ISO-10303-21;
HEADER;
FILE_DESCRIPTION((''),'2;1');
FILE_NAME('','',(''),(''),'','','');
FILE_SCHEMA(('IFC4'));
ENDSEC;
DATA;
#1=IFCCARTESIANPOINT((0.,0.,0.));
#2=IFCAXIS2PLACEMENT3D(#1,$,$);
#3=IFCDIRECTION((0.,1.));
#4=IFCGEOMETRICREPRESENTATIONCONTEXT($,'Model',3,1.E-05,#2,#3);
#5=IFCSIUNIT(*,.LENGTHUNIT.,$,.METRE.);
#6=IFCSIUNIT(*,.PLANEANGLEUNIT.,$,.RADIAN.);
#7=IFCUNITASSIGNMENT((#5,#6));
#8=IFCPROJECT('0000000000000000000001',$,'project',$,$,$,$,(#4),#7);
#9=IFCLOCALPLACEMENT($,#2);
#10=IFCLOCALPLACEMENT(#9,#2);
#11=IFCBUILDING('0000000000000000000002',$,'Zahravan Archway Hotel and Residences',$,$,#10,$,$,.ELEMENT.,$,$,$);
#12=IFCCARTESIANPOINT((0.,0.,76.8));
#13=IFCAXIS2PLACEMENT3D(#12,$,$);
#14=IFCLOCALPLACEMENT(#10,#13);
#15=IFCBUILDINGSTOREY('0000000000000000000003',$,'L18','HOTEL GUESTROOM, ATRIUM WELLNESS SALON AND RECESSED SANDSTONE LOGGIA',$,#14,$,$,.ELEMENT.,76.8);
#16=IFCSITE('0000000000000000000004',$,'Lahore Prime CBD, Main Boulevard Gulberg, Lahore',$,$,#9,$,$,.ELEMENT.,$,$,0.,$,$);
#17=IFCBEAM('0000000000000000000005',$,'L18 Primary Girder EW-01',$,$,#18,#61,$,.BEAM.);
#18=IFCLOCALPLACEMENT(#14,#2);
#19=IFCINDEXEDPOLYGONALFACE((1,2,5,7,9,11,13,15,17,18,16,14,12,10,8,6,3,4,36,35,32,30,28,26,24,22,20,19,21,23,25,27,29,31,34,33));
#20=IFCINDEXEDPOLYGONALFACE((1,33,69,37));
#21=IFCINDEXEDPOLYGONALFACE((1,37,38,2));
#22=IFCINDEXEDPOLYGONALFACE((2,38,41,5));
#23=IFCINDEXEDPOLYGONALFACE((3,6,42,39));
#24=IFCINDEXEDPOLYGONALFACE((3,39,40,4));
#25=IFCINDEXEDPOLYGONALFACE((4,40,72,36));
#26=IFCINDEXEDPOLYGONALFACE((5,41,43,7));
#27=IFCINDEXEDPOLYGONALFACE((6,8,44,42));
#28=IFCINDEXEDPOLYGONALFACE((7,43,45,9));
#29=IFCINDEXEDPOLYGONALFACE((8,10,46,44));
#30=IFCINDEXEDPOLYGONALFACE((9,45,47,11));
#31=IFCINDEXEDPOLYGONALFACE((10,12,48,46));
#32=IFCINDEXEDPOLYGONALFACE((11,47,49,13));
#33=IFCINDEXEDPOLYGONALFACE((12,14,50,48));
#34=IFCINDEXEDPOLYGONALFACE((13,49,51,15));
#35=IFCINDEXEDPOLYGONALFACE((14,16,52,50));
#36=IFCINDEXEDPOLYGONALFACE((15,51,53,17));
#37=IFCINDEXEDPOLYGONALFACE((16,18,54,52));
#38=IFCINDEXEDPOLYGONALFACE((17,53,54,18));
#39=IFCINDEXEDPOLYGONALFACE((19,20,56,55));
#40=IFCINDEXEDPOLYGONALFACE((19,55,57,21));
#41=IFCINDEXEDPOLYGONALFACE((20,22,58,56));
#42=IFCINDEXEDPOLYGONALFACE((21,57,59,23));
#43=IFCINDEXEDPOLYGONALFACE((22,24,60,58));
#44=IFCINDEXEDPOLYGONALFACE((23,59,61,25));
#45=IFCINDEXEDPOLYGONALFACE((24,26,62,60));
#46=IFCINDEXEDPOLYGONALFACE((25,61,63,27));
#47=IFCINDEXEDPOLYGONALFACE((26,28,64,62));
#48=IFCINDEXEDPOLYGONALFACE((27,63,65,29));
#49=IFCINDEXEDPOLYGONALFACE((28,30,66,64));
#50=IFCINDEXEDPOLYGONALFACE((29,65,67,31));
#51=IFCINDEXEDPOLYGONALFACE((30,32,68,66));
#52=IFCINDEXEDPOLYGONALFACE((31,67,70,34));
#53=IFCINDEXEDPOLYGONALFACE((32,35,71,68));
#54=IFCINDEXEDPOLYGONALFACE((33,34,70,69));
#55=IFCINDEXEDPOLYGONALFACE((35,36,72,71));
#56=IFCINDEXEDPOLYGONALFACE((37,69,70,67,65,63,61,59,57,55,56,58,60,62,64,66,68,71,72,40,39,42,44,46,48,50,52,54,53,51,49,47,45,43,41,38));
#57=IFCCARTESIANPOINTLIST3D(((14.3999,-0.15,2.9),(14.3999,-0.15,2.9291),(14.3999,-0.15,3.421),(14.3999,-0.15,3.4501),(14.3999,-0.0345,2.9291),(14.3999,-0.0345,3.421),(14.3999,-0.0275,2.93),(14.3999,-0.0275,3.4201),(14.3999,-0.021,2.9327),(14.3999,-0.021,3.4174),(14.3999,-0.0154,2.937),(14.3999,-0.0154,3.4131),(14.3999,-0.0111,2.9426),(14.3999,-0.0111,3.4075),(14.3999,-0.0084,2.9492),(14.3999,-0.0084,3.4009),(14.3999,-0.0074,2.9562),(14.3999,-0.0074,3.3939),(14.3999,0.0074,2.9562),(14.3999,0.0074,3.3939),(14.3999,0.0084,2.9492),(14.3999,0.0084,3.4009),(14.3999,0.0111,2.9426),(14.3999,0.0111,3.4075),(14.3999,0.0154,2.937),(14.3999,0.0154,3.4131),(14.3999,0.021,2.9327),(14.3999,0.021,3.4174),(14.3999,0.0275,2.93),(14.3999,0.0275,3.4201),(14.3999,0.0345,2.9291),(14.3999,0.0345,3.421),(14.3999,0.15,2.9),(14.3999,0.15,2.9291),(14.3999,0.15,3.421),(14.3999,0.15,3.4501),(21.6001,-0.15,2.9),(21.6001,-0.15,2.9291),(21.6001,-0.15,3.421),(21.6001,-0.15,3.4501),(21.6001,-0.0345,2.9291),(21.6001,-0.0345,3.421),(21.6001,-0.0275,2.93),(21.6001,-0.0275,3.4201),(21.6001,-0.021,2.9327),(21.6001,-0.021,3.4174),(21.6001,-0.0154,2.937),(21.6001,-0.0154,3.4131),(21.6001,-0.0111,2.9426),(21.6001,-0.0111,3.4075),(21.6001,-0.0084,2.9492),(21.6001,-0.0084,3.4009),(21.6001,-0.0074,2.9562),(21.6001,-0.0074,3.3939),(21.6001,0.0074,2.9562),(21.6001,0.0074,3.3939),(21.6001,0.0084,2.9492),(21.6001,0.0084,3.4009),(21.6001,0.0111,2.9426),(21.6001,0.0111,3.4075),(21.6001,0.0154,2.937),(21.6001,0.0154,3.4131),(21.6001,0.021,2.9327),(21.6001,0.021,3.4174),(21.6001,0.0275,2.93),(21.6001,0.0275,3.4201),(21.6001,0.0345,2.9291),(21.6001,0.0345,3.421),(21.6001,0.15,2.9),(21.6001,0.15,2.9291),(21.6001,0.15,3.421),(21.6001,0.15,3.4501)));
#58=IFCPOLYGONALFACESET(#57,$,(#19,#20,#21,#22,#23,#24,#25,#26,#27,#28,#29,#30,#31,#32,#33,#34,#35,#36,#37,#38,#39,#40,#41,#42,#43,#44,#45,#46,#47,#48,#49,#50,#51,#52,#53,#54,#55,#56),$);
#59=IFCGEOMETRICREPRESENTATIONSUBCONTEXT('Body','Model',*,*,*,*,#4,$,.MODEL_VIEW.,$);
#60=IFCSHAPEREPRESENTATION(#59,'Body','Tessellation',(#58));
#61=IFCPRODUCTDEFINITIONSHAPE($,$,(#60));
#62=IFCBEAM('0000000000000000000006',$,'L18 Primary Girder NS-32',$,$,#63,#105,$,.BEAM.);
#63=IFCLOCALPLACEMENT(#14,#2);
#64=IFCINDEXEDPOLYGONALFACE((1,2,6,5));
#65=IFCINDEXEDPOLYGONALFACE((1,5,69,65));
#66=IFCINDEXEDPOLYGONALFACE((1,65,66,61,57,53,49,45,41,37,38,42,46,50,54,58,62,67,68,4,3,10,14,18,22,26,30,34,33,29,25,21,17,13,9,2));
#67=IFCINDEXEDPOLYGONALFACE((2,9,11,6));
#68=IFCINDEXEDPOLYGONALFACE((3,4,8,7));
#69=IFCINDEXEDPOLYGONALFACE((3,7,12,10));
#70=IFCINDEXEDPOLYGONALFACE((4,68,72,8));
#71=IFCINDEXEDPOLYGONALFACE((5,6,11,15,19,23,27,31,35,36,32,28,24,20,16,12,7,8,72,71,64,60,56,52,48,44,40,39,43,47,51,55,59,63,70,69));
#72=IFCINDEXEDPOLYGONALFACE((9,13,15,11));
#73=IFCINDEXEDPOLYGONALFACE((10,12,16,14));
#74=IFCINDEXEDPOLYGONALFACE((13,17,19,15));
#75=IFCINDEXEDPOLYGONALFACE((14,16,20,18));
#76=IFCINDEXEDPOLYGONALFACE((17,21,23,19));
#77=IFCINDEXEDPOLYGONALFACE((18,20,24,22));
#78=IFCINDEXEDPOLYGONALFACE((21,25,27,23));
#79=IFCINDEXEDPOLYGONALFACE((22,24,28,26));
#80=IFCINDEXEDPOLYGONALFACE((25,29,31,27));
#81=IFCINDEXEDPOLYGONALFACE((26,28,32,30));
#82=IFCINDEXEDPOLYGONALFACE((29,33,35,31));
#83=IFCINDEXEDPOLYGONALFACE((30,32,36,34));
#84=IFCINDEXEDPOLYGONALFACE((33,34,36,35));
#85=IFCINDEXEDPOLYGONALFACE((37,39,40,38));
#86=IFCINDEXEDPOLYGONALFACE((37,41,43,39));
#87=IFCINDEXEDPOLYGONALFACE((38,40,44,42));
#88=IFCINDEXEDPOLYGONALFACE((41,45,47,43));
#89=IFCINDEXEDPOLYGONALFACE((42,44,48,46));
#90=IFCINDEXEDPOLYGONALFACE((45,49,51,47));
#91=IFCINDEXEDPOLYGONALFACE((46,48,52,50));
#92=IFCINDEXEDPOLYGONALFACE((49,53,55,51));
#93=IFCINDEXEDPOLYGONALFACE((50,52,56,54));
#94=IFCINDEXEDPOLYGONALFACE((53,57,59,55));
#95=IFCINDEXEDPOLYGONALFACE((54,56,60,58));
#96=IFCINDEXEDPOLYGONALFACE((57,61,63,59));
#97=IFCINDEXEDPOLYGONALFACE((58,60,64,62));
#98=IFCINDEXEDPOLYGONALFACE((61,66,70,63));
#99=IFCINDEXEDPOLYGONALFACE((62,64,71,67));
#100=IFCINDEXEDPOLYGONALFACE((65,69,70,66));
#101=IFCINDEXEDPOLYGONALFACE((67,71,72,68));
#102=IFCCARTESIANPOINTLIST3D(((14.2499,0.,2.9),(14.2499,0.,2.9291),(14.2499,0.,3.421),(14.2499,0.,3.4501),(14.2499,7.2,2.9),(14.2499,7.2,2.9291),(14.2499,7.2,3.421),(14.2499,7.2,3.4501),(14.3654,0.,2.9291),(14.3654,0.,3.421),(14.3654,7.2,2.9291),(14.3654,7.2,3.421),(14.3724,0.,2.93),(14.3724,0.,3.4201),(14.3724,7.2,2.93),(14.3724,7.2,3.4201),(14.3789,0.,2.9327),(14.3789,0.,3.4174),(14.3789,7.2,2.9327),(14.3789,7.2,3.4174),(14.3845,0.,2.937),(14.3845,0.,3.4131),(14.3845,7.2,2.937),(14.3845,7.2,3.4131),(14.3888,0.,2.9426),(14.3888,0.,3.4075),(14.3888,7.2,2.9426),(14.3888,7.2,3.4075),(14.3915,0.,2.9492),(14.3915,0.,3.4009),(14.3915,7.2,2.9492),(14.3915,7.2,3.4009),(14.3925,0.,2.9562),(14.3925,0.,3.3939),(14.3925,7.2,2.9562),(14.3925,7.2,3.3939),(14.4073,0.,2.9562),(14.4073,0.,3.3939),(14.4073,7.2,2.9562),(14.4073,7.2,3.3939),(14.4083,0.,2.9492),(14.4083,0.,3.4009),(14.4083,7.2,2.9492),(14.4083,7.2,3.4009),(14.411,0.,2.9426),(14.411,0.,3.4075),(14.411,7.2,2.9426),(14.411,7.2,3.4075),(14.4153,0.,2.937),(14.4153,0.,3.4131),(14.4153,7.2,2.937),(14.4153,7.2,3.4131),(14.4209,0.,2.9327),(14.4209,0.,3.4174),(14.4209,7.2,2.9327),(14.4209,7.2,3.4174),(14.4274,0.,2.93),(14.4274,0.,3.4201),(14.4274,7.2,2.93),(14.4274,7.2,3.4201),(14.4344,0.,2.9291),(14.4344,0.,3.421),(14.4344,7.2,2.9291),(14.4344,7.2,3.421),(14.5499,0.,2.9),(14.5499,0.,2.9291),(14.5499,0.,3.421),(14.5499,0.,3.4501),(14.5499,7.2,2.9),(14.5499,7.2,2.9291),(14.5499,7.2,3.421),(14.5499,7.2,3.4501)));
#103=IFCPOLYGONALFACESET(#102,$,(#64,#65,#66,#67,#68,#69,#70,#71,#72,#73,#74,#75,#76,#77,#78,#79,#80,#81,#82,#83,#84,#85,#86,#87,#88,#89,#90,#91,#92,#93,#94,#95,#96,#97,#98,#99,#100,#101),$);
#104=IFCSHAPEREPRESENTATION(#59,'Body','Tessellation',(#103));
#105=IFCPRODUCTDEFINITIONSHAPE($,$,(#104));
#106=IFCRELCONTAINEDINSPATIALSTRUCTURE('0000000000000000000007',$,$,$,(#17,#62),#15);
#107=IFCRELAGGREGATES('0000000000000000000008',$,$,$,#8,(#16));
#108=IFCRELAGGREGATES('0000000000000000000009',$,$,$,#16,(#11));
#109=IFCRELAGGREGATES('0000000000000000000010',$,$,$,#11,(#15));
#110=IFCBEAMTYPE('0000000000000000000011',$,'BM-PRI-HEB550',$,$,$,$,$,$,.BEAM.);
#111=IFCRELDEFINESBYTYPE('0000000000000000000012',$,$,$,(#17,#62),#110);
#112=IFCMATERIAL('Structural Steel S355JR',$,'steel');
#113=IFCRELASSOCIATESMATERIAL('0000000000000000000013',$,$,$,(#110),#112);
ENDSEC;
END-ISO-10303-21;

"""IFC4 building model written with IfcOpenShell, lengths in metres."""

from ifc_helpers import new_model, si_unit, direction, frame, origin, origin_2d, place, context, subcontext, project, spatial, i_section, extrude, source, transform, mapped, material, material_profile, profile_set, type_object, type_shapes, element, save


model = new_model("IFC4")

# Units and contexts
model_context = context("Model", 3, precision=1e-05, world=origin(), true_north=direction((0.0, 1.0)))
body_context = subcontext(model_context, "Body", "Model", "MODEL_VIEW")
ifc_project = project(units=[si_unit("LENGTHUNIT", "METRE"), si_unit("PLANEANGLEUNIT", "RADIAN")], contexts=[model_context])

# Site, building, storey
site_placement = place(None, origin())
site = spatial("IfcSite", under=ifc_project, at=site_placement, Name="Lahore Prime CBD, Main Boulevard Gulberg, Lahore", CompositionType="ELEMENT", RefElevation=0.0)
building_placement = place(site_placement, origin())
building = spatial("IfcBuilding", under=site, at=building_placement, Name="Zahravan Archway Hotel and Residences", CompositionType="ELEMENT")
storey_placement = place(building_placement, frame((0.0, 0.0, 76.8)))
storey = spatial("IfcBuildingStorey", under=building, at=storey_placement, Name="L18", Description="HOTEL GUESTROOM, ATRIUM WELLNESS SALON AND RECESSED SANDSTONE LOGGIA", CompositionType="ELEMENT", Elevation=76.8)

# Beams
ifc_material_1 = material(Name="Structural Steel S355JR", Category="steel")
ifc_material_profile = material_profile(ifc_material_1, i_section(OverallWidth=0.3, OverallDepth=0.55, WebThickness=0.0149, FlangeThickness=0.0291, FilletRadius=0.0271, at=origin_2d()), Name="HEB 550", Category="steel")
ifc_profile_set = profile_set([ifc_material_profile], Name="Structural Steel S355JR")
beam_type = type_object("IfcBeamType", Name="BM-PRI-HEB550", PredefinedType="BEAM", material=ifc_profile_set)
shared_shape_1 = source(origin(), body_context, "Body", "SweptSolid", [
    extrude(i_section(OverallWidth=0.3, OverallDepth=0.55, WebThickness=0.0149, FlangeThickness=0.0291, FilletRadius=0.0271, at=origin_2d()), origin(), (0.0, 0.0, 1.0), 7.2002),
])
type_shapes(beam_type, [shared_shape_1])
beam_1_placement = place(storey_placement, frame((14.3999, 0.0, 3.175), z_axis=(1.0, 0.0, 0.0), x_axis=(0.0, 1.0, 0.0)))
element("IfcBeam", 1, at=beam_1_placement, inside=storey, type_object=beam_type, Name="L18 Primary Girder EW-01", PredefinedType="BEAM", context=body_context, shape_type="MappedRepresentation", body=[
    mapped(shared_shape_1, transform((0.0, 0.0, 0.0), scale=1.0)),
])
shared_shape_2 = source(origin(), body_context, "Body", "SweptSolid", [
    extrude(i_section(OverallWidth=0.3, OverallDepth=0.55, WebThickness=0.0149, FlangeThickness=0.0291, FilletRadius=0.0271, at=origin_2d()), origin(), (0.0, 0.0, 1.0), 7.2),
])
beam_2_placement = place(storey_placement, frame((14.3999, 0.0, 3.175), z_axis=(0.0, 1.0, 0.0), x_axis=(-1.0, 0.0, 0.0)))
element("IfcBeam", 2, at=beam_2_placement, inside=storey, type_object=beam_type, Name="L18 Primary Girder NS-32", PredefinedType="BEAM", context=body_context, shape_type="MappedRepresentation", body=[
    mapped(shared_shape_2, transform((0.0, 0.0, 0.0), scale=1.0)),
])

save(model, "model.ifc")
